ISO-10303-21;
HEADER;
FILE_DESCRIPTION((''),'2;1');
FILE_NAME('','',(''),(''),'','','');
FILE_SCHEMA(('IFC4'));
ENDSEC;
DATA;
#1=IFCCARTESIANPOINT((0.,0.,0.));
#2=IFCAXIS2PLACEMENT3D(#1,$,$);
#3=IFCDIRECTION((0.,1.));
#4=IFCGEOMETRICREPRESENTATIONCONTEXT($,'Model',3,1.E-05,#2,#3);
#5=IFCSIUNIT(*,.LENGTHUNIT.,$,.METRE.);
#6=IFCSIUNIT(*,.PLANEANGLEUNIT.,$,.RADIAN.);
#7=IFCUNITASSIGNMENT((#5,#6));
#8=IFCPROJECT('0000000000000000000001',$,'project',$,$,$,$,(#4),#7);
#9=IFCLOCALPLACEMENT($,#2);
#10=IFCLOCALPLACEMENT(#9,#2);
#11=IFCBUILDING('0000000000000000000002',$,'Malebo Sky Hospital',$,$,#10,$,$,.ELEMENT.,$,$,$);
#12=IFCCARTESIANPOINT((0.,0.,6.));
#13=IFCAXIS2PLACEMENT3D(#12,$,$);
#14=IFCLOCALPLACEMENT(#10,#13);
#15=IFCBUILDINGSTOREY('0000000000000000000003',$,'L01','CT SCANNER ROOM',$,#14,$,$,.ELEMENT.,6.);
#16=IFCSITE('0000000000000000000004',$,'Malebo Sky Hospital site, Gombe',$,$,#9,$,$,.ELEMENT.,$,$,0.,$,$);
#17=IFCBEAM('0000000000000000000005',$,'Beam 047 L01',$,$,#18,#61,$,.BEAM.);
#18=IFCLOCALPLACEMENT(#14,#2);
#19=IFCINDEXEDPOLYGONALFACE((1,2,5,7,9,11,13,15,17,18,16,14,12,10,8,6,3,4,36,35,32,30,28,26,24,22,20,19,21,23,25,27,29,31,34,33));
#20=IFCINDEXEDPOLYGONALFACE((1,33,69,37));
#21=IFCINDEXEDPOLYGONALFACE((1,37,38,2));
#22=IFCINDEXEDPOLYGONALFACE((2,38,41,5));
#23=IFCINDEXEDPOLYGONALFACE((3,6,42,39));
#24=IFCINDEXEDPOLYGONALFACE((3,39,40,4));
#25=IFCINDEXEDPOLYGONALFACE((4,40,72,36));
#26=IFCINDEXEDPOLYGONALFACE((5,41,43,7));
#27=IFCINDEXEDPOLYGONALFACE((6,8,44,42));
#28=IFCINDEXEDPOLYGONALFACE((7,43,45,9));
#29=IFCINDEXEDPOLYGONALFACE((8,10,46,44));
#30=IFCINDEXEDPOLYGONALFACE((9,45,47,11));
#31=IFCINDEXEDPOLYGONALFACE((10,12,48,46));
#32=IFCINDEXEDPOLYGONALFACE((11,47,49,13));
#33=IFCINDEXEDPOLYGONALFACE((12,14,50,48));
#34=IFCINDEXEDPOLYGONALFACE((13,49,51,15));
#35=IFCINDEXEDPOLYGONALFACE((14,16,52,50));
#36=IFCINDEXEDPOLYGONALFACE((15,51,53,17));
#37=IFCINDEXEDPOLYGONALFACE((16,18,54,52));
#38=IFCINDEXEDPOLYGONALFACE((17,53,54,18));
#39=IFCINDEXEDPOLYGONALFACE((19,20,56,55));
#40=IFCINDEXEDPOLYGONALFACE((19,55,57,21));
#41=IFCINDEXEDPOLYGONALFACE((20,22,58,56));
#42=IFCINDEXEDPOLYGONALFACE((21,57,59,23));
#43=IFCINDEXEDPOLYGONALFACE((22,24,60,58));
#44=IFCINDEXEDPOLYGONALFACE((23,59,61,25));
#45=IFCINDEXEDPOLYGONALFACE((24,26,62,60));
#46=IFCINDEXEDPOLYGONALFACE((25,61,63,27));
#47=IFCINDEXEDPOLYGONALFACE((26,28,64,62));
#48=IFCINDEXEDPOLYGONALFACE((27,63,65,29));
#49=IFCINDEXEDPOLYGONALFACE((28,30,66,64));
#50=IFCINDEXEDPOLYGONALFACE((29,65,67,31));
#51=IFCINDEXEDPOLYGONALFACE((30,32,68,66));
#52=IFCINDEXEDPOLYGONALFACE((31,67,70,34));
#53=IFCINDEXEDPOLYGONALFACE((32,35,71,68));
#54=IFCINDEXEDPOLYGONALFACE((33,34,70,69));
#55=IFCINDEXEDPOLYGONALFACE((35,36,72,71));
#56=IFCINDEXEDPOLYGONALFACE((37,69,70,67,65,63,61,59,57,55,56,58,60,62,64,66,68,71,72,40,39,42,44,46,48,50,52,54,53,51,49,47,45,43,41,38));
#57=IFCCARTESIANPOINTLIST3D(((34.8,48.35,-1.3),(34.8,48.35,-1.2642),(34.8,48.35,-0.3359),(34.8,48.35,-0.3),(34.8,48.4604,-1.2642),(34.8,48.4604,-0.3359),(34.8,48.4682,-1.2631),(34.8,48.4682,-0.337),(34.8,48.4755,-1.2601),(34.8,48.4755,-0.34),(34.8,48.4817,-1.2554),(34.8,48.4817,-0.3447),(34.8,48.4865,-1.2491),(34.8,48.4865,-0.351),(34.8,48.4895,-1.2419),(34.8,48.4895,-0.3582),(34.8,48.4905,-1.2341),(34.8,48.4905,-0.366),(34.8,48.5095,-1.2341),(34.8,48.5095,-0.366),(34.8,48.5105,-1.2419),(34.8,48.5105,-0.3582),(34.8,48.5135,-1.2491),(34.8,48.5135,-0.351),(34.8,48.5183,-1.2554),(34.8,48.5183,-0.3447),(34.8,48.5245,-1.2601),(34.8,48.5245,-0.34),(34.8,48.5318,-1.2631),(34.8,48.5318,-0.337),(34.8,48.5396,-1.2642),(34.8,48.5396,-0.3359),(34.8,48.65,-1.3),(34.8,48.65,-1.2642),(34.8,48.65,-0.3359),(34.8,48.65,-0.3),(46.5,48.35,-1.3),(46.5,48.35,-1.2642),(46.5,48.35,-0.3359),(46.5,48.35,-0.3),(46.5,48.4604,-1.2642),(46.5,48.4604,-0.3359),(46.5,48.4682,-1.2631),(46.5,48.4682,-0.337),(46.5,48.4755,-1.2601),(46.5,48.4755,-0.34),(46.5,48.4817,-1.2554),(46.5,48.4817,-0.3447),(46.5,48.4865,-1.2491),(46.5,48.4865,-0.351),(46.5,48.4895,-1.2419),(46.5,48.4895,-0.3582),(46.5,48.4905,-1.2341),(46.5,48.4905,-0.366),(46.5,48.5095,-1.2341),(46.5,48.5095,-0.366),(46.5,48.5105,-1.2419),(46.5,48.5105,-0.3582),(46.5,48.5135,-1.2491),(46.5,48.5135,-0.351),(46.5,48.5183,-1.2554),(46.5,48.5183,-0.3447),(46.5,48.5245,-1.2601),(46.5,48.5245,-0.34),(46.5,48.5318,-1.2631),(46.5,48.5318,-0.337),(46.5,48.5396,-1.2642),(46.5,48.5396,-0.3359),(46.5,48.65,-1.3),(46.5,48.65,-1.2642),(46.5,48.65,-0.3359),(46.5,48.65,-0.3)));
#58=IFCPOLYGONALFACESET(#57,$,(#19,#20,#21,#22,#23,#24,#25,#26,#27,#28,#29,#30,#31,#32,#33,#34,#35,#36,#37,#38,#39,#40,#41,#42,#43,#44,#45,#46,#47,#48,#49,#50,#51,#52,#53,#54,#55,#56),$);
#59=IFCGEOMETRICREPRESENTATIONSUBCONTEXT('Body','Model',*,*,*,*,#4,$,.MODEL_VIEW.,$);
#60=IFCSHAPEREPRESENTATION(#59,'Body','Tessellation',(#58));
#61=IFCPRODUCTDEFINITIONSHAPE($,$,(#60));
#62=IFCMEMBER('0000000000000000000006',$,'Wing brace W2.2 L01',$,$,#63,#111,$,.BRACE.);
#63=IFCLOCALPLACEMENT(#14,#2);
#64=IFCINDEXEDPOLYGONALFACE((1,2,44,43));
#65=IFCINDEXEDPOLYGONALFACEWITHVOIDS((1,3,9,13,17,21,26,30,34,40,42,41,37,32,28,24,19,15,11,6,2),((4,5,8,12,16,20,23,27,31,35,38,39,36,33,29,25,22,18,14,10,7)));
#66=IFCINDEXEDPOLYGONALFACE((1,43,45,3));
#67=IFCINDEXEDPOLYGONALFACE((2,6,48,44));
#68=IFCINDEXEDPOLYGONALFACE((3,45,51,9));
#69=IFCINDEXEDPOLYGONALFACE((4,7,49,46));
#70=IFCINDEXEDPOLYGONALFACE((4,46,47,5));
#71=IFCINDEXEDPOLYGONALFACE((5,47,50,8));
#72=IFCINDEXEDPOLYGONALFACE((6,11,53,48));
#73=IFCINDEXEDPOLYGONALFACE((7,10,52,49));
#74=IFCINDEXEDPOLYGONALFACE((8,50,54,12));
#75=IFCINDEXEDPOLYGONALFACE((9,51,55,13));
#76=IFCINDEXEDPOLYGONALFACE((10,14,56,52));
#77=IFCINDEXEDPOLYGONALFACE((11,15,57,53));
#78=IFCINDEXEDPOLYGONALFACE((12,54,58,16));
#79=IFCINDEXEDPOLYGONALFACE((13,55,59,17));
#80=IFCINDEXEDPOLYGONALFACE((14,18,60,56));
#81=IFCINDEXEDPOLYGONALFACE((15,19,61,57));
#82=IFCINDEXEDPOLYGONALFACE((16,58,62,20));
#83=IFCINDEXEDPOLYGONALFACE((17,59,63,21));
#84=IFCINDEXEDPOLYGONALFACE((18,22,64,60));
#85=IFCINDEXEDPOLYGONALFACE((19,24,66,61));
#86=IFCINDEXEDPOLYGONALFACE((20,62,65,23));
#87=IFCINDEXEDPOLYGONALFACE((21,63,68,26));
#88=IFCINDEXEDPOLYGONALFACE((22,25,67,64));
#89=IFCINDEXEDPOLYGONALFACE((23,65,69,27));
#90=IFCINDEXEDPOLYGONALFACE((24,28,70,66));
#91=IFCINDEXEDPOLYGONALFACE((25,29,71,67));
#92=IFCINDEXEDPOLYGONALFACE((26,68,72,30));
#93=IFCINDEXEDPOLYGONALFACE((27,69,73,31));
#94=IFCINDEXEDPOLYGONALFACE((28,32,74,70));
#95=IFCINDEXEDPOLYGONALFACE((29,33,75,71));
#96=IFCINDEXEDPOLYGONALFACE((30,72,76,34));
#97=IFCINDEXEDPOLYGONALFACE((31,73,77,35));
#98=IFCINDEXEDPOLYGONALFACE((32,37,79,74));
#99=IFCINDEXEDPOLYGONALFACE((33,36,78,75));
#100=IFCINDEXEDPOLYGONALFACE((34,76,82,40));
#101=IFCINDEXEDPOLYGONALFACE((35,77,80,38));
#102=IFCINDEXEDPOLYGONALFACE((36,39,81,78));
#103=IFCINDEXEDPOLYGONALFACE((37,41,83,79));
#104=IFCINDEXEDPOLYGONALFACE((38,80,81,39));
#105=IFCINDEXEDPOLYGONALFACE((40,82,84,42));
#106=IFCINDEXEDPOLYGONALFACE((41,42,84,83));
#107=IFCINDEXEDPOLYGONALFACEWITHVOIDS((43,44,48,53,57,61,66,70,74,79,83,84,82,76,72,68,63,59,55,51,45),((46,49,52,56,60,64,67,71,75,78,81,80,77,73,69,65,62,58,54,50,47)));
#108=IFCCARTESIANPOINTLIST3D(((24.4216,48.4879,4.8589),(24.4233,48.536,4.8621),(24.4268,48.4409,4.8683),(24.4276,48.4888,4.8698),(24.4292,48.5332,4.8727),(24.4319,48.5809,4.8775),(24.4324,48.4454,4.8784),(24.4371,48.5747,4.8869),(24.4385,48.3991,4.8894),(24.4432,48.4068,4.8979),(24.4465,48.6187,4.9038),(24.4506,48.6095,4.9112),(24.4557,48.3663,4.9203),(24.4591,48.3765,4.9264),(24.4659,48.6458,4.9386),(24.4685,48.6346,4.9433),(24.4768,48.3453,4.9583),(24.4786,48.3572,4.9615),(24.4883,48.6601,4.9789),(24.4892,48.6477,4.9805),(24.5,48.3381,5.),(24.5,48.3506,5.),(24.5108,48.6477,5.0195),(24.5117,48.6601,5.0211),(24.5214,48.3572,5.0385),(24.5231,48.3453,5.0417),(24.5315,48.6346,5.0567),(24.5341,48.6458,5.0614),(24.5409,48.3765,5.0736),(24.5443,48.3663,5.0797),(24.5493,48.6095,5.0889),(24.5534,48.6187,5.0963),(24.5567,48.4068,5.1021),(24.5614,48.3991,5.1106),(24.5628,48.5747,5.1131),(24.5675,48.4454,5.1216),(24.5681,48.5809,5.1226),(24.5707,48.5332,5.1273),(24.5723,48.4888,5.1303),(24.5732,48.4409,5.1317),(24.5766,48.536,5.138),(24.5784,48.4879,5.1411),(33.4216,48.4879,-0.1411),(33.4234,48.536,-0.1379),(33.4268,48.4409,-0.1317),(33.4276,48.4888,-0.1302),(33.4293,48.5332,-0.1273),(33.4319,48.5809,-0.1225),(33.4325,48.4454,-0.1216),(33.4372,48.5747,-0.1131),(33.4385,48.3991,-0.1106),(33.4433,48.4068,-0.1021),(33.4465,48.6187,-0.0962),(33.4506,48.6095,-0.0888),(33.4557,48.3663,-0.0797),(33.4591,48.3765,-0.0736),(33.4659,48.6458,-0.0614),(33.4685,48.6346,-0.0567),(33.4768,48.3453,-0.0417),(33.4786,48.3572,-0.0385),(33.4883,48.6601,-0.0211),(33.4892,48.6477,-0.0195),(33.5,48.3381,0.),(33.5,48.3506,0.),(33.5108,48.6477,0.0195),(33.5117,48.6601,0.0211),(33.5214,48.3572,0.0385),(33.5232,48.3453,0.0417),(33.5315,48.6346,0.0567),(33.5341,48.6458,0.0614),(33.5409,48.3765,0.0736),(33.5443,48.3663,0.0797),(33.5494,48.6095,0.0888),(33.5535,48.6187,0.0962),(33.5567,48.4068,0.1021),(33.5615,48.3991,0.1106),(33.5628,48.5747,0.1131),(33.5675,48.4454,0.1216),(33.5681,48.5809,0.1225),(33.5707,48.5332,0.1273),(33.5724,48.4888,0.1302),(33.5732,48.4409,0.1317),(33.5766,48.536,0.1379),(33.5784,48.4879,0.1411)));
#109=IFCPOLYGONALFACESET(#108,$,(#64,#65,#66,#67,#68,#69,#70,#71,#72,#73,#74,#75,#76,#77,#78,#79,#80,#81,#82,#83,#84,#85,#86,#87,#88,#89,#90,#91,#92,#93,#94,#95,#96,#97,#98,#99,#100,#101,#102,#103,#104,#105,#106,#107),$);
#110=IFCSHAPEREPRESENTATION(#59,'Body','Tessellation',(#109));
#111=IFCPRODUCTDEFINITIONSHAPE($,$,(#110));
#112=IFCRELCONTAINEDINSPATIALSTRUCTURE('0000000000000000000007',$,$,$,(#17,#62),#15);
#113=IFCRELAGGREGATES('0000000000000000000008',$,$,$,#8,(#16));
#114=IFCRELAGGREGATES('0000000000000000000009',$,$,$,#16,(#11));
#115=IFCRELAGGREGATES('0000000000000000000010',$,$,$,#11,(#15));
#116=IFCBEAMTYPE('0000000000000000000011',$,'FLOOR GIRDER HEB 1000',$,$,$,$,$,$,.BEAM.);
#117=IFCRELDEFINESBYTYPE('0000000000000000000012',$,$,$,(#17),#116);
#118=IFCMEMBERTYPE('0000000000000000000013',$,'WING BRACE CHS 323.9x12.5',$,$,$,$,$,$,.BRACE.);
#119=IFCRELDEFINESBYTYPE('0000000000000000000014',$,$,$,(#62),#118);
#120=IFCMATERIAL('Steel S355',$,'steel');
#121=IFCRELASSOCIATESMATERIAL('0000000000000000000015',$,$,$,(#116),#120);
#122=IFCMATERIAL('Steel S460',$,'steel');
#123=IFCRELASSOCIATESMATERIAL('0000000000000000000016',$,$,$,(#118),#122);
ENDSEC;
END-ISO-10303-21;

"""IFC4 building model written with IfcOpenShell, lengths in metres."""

from ifc_helpers import new_model, si_unit, direction, frame, origin, origin_2d, place, context, subcontext, project, spatial, hollow_circle, i_section, extrude, material, material_profile, profile_set, type_object, element, save


model = new_model("IFC4")

# Units and contexts
model_context = context("Model", 3, precision=1e-05, world=origin(), true_north=direction((0.0, 1.0)))
body_context = subcontext(model_context, "Body", "Model", "MODEL_VIEW")
ifc_project = project(units=[si_unit("LENGTHUNIT", "METRE"), si_unit("PLANEANGLEUNIT", "RADIAN")], contexts=[model_context])

# Site, building, storey
site_placement = place(None, origin())
site = spatial("IfcSite", under=ifc_project, at=site_placement, Name="Malebo Sky Hospital site, Gombe", CompositionType="ELEMENT", RefElevation=0.0)
building_placement = place(site_placement, origin())
building = spatial("IfcBuilding", under=site, at=building_placement, Name="Malebo Sky Hospital", CompositionType="ELEMENT")
storey_placement = place(building_placement, frame((0.0, 0.0, 6.0)))
storey = spatial("IfcBuildingStorey", under=building, at=storey_placement, Name="L01", Description="CT SCANNER ROOM", CompositionType="ELEMENT", Elevation=6.0)

# Shared definitions
ifc_material_1 = material(Name="Steel S460", Category="steel")
ifc_material_2 = material(Name="Steel S355", Category="steel")

# Beam
ifc_material_profile_1 = material_profile(ifc_material_2, i_section(OverallWidth=0.3, OverallDepth=1.0, WebThickness=0.019, FlangeThickness=0.0359, FilletRadius=0.03, at=origin_2d()), Name="HEB 1000")
ifc_profile_set_1 = profile_set([ifc_material_profile_1], Name="Steel S355")
beam_type_1 = type_object("IfcBeamType", Name="FLOOR GIRDER HEB 1000", PredefinedType="BEAM", material=ifc_profile_set_1)
beam_1_placement = place(storey_placement, frame((34.8, 48.5, -0.8), z_axis=(1.0, 0.0, 0.0), x_axis=(0.0, 1.0, 0.0)))
element("IfcBeam", 1, at=beam_1_placement, inside=storey, type_object=beam_type_1, Name="Beam 047 L01", PredefinedType="BEAM", context=body_context, shape_type="SweptSolid", body=[
    extrude(i_section(OverallWidth=0.3, OverallDepth=1.0, WebThickness=0.019, FlangeThickness=0.0359, FilletRadius=0.03, at=origin_2d()), origin(), (0.0, 0.0, 1.0), 11.7),
])

# Member
ifc_material_profile_2 = material_profile(ifc_material_1, hollow_circle(Radius=0.1619, WallThickness=0.0125, at=origin_2d()), Name="CHS 323.9x12.5")
ifc_profile_set_2 = profile_set([ifc_material_profile_2], Name="Steel S460")
member_type = type_object("IfcMemberType", Name="WING BRACE CHS 323.9x12.5", PredefinedType="BRACE", material=ifc_profile_set_2)
member_placement = place(storey_placement, frame((33.5, 48.5, 0.0), z_axis=(-0.874157, 0.0, 0.485643), x_axis=(0.0, -1.0, 0.0)))
element("IfcMember", 2, at=member_placement, inside=storey, type_object=member_type, Name="Wing brace W2.2 L01", PredefinedType="BRACE", context=body_context, shape_type="SweptSolid", body=[
    extrude(hollow_circle(Radius=0.1619, WallThickness=0.0125, at=origin_2d()), origin(), (0.0, 0.0, 1.0), 10.2957),
])

save(model, "model.ifc")
